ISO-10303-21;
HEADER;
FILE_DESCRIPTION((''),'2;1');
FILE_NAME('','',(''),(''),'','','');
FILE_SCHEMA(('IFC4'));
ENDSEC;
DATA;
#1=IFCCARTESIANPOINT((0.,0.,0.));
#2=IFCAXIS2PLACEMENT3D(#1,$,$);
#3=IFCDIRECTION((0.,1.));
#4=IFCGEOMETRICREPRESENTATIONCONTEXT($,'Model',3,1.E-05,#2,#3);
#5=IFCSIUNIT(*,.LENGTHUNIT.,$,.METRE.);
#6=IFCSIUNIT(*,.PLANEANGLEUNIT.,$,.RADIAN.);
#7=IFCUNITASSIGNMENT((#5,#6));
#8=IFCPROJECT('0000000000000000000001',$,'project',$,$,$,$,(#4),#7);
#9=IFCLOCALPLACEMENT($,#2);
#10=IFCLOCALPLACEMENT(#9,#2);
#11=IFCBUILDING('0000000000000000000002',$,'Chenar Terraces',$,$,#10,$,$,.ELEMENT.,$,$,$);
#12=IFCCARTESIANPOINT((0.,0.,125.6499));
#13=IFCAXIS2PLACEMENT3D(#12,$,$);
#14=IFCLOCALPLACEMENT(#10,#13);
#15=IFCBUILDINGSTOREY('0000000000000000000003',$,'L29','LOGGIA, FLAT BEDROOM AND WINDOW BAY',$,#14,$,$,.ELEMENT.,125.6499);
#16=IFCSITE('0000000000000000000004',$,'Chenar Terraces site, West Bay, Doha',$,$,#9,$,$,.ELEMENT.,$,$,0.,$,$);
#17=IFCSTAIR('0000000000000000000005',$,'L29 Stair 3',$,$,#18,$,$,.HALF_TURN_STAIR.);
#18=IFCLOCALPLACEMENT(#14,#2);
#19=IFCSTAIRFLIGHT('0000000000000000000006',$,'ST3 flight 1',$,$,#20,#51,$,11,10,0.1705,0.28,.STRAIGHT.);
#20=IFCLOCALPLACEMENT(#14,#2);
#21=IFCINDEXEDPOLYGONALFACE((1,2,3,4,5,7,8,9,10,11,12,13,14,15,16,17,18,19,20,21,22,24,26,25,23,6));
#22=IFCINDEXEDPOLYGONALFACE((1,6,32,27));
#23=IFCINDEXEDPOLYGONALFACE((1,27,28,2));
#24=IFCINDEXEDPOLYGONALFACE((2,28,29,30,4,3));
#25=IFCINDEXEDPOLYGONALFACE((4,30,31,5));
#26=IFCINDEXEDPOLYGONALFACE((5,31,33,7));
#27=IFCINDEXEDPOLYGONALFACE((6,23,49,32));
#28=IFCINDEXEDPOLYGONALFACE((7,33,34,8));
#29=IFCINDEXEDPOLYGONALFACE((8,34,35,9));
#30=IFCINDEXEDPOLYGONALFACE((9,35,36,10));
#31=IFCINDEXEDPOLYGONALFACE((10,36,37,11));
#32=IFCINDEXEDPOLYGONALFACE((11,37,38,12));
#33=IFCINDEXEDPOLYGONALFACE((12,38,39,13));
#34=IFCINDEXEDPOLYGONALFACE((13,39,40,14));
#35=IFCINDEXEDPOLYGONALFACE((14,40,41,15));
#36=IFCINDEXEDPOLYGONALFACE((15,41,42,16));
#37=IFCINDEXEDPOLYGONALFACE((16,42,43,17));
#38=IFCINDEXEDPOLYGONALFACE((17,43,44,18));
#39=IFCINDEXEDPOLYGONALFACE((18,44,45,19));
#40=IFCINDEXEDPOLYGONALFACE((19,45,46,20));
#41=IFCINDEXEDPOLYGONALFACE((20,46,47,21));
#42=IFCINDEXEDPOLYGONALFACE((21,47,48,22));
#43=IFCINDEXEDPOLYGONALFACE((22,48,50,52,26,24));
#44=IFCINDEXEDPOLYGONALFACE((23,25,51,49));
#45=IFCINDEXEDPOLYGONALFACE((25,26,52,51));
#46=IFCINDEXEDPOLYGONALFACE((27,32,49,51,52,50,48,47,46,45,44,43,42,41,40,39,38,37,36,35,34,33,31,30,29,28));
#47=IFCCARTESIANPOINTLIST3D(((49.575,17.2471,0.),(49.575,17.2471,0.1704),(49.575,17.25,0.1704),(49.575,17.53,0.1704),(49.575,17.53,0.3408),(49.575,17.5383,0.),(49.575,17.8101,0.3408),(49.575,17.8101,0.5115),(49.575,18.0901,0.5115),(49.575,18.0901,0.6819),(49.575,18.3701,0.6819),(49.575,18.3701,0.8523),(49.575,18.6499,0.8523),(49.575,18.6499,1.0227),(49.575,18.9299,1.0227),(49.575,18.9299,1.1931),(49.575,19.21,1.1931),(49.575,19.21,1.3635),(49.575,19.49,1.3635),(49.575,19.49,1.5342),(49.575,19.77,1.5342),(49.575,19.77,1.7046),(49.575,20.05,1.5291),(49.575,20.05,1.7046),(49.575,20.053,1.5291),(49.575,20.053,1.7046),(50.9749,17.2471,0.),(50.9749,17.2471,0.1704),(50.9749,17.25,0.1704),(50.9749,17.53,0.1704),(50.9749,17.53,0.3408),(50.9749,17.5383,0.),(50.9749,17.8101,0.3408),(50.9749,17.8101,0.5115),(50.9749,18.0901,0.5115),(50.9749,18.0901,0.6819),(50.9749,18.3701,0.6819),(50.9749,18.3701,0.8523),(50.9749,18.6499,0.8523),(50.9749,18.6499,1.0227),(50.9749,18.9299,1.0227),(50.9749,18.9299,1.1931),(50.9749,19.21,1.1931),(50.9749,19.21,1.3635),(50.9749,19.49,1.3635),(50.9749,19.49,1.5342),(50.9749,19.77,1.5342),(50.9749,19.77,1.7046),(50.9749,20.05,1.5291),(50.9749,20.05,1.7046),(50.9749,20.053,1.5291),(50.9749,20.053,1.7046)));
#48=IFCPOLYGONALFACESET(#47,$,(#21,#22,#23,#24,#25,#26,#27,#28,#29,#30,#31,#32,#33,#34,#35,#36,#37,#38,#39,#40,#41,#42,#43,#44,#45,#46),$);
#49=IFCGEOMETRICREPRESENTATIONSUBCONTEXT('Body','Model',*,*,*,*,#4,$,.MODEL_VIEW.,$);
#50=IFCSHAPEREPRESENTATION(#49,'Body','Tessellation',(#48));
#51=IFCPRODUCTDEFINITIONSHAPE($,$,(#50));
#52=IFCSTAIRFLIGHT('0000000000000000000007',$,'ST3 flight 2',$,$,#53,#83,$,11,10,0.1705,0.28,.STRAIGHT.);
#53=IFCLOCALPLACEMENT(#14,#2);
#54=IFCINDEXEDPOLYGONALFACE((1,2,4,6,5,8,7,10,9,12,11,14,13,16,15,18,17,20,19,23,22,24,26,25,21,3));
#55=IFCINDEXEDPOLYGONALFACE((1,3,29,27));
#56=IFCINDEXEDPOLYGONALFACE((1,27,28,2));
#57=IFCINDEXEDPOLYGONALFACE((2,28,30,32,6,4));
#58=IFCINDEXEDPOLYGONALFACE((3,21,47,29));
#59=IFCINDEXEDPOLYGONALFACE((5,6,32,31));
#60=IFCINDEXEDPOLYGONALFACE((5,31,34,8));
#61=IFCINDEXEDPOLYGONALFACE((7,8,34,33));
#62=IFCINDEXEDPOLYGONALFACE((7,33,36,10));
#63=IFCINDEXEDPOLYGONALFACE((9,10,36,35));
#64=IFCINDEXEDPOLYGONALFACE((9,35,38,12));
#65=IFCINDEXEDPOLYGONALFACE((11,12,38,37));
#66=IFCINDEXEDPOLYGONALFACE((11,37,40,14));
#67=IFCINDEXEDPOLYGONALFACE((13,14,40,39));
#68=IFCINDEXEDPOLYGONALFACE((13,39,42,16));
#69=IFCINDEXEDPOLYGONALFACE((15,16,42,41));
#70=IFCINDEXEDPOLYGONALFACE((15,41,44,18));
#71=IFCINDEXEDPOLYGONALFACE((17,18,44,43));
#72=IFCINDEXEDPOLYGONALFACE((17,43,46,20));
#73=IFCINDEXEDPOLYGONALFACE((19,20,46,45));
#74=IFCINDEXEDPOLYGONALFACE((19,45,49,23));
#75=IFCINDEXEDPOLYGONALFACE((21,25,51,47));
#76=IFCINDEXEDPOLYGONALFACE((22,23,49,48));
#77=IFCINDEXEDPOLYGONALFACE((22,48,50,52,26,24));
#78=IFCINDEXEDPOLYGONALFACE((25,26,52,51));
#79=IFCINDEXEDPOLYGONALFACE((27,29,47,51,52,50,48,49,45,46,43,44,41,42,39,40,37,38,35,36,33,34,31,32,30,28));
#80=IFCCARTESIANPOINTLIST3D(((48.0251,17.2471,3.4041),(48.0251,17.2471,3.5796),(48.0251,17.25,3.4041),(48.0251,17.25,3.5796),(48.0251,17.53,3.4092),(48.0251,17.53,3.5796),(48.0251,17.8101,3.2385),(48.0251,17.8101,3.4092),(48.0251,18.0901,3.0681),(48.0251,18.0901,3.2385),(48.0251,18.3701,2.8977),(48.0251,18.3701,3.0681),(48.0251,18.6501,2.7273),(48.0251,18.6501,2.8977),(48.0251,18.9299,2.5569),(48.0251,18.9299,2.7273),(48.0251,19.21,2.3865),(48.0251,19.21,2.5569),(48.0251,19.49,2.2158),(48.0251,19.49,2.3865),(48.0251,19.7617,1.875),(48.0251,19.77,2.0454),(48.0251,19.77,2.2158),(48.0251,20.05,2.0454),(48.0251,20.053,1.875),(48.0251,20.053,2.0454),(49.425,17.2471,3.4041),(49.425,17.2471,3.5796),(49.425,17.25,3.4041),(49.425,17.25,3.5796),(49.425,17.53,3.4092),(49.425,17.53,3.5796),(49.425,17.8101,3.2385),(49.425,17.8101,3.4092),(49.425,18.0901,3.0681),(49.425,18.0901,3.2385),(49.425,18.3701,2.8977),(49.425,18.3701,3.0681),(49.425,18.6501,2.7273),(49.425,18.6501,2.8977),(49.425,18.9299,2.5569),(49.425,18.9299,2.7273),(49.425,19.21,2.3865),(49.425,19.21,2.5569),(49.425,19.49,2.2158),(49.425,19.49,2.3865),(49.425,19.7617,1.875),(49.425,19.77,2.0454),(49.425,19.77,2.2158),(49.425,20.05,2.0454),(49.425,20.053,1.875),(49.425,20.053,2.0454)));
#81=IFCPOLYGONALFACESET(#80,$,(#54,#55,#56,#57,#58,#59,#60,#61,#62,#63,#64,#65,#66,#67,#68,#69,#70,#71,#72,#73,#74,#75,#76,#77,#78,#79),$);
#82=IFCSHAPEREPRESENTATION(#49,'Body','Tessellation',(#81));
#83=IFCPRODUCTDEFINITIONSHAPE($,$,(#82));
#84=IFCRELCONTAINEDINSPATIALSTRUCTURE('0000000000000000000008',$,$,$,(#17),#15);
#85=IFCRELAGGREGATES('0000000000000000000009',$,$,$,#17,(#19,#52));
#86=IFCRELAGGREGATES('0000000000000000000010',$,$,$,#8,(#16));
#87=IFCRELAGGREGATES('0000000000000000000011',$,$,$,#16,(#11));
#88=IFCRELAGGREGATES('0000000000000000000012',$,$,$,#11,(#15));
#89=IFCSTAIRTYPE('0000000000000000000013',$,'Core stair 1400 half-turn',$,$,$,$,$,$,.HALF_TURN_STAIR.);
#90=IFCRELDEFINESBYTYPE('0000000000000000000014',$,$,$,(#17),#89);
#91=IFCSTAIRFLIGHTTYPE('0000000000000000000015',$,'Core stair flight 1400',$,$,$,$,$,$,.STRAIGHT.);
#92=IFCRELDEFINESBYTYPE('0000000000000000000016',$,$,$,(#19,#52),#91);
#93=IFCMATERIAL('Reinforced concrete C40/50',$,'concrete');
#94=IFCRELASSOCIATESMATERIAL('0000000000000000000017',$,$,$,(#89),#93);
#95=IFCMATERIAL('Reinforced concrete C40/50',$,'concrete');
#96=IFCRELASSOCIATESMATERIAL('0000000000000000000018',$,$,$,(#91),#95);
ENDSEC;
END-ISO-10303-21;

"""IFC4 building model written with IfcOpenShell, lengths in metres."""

from ifc_helpers import new_model, si_unit, direction, frame, origin, place, context, subcontext, project, spatial, polyline, outline, extrude, material, type_object, element, aggregate, save


model = new_model("IFC4")

# Units and contexts
model_context = context("Model", 3, precision=1e-05, world=origin(), true_north=direction((0.0, 1.0)))
body_context = subcontext(model_context, "Body", "Model", "MODEL_VIEW")
ifc_project = project(units=[si_unit("LENGTHUNIT", "METRE"), si_unit("PLANEANGLEUNIT", "RADIAN")], contexts=[model_context])

# Site, building, storey
site_placement = place(None, origin())
site = spatial("IfcSite", under=ifc_project, at=site_placement, Name="Chenar Terraces site, West Bay, Doha", CompositionType="ELEMENT", RefElevation=0.0)
building_placement = place(site_placement, origin())
building = spatial("IfcBuilding", under=site, at=building_placement, Name="Chenar Terraces", CompositionType="ELEMENT")
storey_placement = place(building_placement, frame((0.0, 0.0, 125.6499)))
storey = spatial("IfcBuildingStorey", under=building, at=storey_placement, Name="L29", Description="LOGGIA, FLAT BEDROOM AND WINDOW BAY", CompositionType="ELEMENT", Elevation=125.6499)

# Stair, stair flights
ifc_material_1 = material(Name="Reinforced concrete C40/50", Category="concrete")
stair_type = type_object("IfcStairType", Name="Core stair 1400 half-turn", PredefinedType="HALF_TURN_STAIR", material=ifc_material_1)
stair_placement = place(storey_placement, origin())
stair = element("IfcStair", 1, at=stair_placement, inside=storey, type_object=stair_type, Name="L29 Stair 3", PredefinedType="HALF_TURN_STAIR")
ifc_material_2 = material(Name="Reinforced concrete C40/50", Category="concrete")
stair_flight_type = type_object("IfcStairFlightType", Name="Core stair flight 1400", PredefinedType="STRAIGHT", material=ifc_material_2)
stair_flight_1_placement = place(storey_placement, frame((50.2749, 17.25, 0.0), z_axis=(0.0, 0.0, 1.0), x_axis=(0.0, 1.0, 0.0)))
stair_flight_1 = element("IfcStairFlight", 2, at=stair_flight_1_placement, type_object=stair_flight_type, Name="ST3 flight 1", NumberOfRisers=11, NumberOfTreads=10, PredefinedType="STRAIGHT", RiserHeight=0.1705, TreadLength=0.28, context=body_context, shape_type="SweptSolid", body=[
    extrude(outline(polyline([(-0.0029, 0.0), (-0.0029, 0.1704), (0.0, 0.1704), (0.28, 0.1704), (0.28, 0.3408), (0.5601, 0.3408), (0.5601, 0.5115), (0.8401, 0.5115), (0.8401, 0.6819), (1.1201, 0.6819), (1.1201, 0.8523), (1.3999, 0.8523), (1.3999, 1.0227), (1.6799, 1.0227), (1.6799, 1.1931), (1.96, 1.1931), (1.96, 1.3635), (2.24, 1.3635), (2.24, 1.5342), (2.52, 1.5342), (2.52, 1.7046), (2.8, 1.7046), (2.803, 1.7046), (2.803, 1.5291), (2.8, 1.5291), (0.2883, 0.0), (-0.0029, 0.0)])), frame((0.0, 0.7, 0.0), z_axis=(0.0, -1.0, 0.0), x_axis=(1.0, 0.0, 0.0)), (0.0, 0.0, 1.0), 1.3999),
])
stair_flight_2_placement = place(storey_placement, frame((48.7251, 20.05, 1.875), z_axis=(0.0, 0.0, 1.0), x_axis=(0.0, -1.0, 0.0)))
stair_flight_2 = element("IfcStairFlight", 3, at=stair_flight_2_placement, type_object=stair_flight_type, Name="ST3 flight 2", NumberOfRisers=11, NumberOfTreads=10, PredefinedType="STRAIGHT", RiserHeight=0.1705, TreadLength=0.28, context=body_context, shape_type="SweptSolid", body=[
    extrude(outline(polyline([(-0.0029, 0.0), (-0.0029, 0.1704), (0.0, 0.1704), (0.28, 0.1704), (0.28, 0.3408), (0.5601, 0.3408), (0.5601, 0.5115), (0.8401, 0.5115), (0.8401, 0.6819), (1.1201, 0.6819), (1.1201, 0.8523), (1.3999, 0.8523), (1.3999, 1.0227), (1.6799, 1.0227), (1.6799, 1.1931), (1.96, 1.1931), (1.96, 1.3635), (2.24, 1.3635), (2.24, 1.5342), (2.52, 1.5342), (2.52, 1.7046), (2.8, 1.7046), (2.803, 1.7046), (2.803, 1.5291), (2.8, 1.5291), (0.2883, 0.0), (-0.0029, 0.0)])), frame((0.0, 0.7, 0.0), z_axis=(0.0, -1.0, 0.0), x_axis=(1.0, 0.0, 0.0)), (0.0, 0.0, 1.0), 1.3999),
])
aggregate(stair, [stair_flight_1, stair_flight_2])

save(model, "model.ifc")
